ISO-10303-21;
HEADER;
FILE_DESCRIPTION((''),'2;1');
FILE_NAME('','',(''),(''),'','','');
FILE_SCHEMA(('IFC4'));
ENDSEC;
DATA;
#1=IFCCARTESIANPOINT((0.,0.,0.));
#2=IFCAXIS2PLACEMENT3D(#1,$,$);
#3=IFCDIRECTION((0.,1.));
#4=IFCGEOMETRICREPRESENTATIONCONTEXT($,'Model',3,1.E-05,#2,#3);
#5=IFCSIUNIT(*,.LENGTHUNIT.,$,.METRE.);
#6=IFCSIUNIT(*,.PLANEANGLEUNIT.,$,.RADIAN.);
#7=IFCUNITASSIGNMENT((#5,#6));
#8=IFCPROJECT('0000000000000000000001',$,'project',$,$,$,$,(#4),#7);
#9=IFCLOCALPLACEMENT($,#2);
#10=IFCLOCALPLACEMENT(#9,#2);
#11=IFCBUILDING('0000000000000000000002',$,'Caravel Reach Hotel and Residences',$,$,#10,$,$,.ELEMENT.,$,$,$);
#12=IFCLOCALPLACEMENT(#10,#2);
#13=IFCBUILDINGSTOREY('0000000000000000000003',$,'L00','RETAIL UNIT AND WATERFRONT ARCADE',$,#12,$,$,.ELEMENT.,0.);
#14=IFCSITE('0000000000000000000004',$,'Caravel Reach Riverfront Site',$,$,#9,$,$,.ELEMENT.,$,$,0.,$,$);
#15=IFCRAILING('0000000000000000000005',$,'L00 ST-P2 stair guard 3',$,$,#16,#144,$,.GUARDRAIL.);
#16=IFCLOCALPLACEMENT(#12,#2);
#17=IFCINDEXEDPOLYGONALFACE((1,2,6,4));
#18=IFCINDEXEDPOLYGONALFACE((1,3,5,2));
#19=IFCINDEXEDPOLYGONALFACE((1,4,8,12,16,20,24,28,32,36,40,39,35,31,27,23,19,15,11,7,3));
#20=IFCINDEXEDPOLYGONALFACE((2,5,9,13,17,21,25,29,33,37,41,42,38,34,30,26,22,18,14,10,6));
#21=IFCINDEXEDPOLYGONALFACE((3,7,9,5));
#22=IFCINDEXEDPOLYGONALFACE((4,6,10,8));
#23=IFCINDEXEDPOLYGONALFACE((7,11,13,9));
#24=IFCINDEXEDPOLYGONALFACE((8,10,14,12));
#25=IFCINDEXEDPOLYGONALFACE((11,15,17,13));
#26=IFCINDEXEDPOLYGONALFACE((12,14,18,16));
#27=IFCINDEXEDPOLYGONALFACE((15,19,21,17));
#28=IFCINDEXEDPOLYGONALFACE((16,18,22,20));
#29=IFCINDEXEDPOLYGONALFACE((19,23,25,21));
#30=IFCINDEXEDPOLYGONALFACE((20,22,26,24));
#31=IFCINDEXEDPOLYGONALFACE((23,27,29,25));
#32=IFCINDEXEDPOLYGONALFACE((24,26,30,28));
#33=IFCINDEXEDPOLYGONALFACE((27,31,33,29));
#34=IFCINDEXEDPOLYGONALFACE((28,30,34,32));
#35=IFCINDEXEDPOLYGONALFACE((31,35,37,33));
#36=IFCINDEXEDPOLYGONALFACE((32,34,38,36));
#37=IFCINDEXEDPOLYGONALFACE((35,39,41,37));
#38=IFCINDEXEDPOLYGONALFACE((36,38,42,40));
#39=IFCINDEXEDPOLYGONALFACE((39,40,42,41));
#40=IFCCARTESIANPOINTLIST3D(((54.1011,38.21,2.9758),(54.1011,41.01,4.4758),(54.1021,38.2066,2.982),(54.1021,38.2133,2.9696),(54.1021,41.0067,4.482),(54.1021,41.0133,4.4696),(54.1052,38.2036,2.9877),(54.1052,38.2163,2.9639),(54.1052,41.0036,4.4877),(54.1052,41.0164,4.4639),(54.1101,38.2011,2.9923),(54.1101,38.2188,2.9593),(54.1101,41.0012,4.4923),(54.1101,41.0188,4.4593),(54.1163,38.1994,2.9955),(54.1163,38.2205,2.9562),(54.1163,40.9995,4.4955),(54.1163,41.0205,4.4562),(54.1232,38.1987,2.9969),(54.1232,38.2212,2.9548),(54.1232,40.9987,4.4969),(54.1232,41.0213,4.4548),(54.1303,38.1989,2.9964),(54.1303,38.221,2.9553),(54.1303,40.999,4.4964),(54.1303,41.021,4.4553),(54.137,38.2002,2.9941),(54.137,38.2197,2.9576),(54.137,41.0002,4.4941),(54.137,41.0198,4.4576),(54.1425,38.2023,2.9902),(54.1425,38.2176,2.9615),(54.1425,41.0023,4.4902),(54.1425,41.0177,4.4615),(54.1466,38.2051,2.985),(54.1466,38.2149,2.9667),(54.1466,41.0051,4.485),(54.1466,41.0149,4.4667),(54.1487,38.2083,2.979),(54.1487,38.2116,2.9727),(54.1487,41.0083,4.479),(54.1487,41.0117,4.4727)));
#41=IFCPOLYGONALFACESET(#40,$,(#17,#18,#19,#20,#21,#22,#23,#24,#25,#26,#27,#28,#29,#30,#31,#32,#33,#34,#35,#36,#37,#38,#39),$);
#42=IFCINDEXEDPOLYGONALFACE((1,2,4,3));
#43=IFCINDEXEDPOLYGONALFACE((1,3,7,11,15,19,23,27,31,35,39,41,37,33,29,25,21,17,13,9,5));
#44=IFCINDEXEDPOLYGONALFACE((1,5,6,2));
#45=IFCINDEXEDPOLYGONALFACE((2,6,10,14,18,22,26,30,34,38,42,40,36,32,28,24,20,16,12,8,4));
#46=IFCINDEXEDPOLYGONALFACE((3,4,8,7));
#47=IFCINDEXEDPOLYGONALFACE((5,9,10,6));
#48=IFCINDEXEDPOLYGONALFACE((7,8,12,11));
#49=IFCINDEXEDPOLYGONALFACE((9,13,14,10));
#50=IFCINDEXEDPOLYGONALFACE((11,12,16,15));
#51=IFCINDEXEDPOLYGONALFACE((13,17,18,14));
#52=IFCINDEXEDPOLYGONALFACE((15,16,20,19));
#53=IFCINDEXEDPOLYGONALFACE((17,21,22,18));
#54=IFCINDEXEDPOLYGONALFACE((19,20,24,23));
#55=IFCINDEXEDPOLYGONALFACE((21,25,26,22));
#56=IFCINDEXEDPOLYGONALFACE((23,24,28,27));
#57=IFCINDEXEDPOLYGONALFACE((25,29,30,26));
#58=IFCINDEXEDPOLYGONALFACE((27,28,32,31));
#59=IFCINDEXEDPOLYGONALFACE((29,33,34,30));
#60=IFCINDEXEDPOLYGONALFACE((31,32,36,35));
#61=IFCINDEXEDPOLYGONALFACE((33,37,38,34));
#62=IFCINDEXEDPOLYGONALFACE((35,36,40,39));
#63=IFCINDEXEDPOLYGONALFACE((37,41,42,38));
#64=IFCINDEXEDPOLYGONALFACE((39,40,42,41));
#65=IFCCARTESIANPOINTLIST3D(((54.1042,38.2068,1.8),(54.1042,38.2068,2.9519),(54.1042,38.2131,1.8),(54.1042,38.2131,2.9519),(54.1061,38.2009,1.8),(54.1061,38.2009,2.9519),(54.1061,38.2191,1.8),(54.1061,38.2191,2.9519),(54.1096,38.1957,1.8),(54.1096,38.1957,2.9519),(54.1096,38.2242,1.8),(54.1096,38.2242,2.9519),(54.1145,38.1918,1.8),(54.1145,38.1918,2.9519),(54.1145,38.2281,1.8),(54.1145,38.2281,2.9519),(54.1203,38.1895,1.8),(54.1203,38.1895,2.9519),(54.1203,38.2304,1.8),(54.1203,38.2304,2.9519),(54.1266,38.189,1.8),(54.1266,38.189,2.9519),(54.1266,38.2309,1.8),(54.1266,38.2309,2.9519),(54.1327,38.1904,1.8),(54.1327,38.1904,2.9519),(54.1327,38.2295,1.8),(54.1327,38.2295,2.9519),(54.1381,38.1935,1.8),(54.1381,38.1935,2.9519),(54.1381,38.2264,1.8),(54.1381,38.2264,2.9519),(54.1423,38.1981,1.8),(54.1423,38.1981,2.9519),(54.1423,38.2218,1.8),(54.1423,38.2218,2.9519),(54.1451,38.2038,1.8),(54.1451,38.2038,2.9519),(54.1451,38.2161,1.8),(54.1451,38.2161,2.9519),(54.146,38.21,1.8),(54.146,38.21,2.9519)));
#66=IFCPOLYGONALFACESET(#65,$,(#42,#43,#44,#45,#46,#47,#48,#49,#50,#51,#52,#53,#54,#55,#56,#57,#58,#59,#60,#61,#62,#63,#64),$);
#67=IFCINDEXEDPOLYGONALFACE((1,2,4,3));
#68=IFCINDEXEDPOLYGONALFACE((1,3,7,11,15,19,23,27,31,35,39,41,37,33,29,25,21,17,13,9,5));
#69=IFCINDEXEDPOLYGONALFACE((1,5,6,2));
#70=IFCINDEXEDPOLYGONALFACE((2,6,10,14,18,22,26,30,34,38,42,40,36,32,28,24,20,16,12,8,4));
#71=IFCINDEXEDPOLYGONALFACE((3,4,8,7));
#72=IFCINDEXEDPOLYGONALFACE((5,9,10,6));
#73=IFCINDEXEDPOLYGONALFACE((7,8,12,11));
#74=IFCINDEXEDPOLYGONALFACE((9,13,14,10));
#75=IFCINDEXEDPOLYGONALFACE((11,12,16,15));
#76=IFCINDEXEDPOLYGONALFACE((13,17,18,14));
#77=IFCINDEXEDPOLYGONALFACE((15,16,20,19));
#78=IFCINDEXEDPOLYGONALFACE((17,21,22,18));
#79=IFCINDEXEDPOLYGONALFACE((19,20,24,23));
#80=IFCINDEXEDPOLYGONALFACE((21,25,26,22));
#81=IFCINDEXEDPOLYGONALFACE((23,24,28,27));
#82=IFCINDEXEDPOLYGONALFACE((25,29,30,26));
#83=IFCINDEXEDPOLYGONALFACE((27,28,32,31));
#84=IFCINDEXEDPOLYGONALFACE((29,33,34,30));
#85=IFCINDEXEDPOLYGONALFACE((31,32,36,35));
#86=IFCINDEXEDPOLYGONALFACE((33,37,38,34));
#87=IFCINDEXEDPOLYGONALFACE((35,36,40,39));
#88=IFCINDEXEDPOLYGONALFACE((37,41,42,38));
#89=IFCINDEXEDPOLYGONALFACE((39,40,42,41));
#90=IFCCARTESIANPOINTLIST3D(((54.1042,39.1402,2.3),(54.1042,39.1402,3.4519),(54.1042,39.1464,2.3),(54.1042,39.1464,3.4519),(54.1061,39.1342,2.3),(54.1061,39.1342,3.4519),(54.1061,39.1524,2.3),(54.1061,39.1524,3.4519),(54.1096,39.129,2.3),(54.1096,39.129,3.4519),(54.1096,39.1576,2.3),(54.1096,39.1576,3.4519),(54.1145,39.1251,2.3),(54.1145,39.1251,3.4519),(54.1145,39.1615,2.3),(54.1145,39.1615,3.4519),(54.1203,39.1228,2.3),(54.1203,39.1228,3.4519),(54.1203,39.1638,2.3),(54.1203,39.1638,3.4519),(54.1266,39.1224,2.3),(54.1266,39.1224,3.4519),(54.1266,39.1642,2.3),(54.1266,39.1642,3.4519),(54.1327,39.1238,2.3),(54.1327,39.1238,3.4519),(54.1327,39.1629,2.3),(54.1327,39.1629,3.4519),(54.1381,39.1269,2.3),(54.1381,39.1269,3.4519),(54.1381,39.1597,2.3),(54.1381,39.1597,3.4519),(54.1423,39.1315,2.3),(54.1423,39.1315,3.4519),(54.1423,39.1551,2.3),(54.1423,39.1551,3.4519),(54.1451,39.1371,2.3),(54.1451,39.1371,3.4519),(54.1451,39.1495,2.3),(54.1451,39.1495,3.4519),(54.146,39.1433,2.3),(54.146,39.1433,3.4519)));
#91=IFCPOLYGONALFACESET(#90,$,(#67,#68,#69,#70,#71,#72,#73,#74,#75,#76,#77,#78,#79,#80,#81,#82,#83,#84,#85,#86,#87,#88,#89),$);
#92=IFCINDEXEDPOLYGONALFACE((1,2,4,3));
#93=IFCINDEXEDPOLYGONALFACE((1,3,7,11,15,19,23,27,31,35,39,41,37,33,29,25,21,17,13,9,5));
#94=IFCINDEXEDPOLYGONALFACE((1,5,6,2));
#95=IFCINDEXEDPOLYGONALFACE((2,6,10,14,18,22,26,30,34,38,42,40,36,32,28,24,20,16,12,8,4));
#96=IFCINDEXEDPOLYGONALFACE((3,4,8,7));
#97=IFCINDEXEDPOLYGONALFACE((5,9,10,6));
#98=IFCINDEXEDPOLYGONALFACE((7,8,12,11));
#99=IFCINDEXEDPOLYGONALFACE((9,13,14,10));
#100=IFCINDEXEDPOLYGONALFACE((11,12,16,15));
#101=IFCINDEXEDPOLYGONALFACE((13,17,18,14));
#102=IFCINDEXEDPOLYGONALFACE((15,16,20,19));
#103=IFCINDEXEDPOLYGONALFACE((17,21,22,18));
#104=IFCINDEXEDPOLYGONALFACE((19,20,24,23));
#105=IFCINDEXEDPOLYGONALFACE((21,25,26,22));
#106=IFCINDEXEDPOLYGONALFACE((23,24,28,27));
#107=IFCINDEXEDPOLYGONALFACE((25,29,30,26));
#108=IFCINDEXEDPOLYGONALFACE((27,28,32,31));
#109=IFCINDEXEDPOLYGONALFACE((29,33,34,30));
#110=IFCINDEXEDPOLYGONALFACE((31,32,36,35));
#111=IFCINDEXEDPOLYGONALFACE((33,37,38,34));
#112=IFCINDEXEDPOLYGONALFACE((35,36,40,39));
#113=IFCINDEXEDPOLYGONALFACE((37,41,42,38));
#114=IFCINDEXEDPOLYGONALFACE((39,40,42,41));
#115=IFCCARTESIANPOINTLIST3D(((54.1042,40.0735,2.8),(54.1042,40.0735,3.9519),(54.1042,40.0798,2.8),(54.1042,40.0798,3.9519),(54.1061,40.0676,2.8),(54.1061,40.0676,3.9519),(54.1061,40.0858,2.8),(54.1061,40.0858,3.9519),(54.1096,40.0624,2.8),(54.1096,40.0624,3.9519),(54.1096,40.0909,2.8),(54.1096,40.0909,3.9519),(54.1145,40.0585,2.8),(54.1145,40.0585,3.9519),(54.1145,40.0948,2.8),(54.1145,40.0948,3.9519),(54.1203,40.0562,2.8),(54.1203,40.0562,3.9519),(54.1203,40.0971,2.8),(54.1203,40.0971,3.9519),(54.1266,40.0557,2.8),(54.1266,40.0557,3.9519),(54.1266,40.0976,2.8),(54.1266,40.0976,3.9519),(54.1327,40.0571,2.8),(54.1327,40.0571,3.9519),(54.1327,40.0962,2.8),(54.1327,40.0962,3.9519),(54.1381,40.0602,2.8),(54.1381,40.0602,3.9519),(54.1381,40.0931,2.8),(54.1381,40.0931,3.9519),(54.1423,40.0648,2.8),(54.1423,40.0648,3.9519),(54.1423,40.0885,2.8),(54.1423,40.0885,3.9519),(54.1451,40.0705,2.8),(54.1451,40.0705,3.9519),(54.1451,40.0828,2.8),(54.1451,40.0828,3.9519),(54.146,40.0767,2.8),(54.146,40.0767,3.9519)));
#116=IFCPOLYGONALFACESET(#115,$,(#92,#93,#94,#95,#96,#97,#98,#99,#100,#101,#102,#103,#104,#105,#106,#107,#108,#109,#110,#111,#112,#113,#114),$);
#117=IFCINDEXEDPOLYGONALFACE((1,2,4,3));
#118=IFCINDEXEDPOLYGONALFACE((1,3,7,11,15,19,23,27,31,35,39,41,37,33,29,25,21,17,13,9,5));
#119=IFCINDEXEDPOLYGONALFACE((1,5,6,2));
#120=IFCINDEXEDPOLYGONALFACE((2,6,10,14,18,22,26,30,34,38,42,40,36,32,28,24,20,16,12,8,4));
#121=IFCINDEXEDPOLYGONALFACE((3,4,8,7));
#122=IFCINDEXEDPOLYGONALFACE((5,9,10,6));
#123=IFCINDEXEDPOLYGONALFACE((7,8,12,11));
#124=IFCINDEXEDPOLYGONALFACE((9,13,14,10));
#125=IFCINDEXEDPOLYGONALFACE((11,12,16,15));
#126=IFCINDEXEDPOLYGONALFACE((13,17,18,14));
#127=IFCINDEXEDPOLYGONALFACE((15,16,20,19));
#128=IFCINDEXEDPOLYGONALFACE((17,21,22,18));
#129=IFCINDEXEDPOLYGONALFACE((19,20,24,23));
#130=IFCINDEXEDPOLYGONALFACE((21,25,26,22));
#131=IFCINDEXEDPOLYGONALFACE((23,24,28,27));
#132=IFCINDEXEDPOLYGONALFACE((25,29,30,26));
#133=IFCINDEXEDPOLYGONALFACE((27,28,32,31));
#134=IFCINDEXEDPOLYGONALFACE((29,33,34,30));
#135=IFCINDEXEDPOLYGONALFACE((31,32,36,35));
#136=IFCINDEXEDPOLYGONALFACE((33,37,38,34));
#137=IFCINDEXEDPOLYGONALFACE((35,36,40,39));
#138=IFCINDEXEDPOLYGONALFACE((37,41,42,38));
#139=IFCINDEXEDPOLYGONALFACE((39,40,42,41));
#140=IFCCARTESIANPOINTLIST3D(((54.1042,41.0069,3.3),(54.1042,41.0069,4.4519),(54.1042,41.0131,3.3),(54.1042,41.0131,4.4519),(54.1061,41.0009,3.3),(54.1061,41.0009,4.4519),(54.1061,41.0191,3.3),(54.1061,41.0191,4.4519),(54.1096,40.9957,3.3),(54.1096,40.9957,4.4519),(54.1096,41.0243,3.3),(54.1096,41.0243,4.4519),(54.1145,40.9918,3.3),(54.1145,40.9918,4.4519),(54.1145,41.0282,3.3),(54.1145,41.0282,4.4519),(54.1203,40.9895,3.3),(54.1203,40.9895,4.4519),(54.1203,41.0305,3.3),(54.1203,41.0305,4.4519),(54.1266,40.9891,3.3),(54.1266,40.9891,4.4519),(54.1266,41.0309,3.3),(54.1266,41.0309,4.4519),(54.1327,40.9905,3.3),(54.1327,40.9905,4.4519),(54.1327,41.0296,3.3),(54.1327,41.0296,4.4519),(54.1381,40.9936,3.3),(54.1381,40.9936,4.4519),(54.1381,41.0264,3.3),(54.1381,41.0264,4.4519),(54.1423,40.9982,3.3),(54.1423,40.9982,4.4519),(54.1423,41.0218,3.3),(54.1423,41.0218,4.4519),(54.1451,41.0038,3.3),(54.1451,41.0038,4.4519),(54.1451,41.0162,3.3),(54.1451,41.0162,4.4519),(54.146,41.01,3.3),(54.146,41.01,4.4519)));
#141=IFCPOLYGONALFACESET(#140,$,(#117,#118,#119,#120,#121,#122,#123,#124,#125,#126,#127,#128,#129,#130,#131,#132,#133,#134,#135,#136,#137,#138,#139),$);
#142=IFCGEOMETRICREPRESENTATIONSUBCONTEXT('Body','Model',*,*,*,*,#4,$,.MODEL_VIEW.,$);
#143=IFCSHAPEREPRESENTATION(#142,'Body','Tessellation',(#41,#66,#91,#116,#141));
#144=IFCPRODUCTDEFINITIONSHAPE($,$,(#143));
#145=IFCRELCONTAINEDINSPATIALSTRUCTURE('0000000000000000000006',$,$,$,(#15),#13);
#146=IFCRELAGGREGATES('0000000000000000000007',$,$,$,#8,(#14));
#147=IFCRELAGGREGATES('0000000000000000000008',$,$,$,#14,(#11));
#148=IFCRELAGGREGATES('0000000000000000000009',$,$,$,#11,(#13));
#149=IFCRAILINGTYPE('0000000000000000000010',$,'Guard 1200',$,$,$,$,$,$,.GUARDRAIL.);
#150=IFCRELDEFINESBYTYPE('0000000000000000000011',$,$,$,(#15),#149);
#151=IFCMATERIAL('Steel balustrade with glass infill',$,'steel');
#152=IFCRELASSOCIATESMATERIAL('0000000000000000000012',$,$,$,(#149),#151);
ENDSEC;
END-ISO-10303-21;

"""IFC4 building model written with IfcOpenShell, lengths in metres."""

from ifc_helpers import new_model, si_unit, direction, frame, origin, origin_2d, place, context, subcontext, project, spatial, circle, extrude, material, type_object, element, save


model = new_model("IFC4")

# Units and contexts
model_context = context("Model", 3, precision=1e-05, world=origin(), true_north=direction((0.0, 1.0)))
body_context = subcontext(model_context, "Body", "Model", "MODEL_VIEW")
ifc_project = project(units=[si_unit("LENGTHUNIT", "METRE"), si_unit("PLANEANGLEUNIT", "RADIAN")], contexts=[model_context])

# Site, building, storey
site_placement = place(None, origin())
site = spatial("IfcSite", under=ifc_project, at=site_placement, Name="Caravel Reach Riverfront Site", CompositionType="ELEMENT", RefElevation=0.0)
building_placement = place(site_placement, origin())
building = spatial("IfcBuilding", under=site, at=building_placement, Name="Caravel Reach Hotel and Residences", CompositionType="ELEMENT")
storey_placement = place(building_placement, origin())
storey = spatial("IfcBuildingStorey", under=building, at=storey_placement, Name="L00", Description="RETAIL UNIT AND WATERFRONT ARCADE", CompositionType="ELEMENT", Elevation=0.0)

# Railing
ifc_material_1 = material(Name="Steel balustrade with glass infill", Category="steel")
railing_type_1 = type_object("IfcRailingType", Name="Guard 1200", PredefinedType="GUARDRAIL", material=ifc_material_1)
railing_1_placement = place(storey_placement, frame((54.125, 38.21, 1.8)))
element("IfcRailing", 1, at=railing_1_placement, inside=storey, type_object=railing_type_1, Name="L00 ST-P2 stair guard 3", PredefinedType="GUARDRAIL", context=body_context, shape_type="SweptSolid", body=[
    extrude(circle(Radius=0.0239, at=origin_2d()), frame((0.0, 0.0, 1.1758), z_axis=(0.0, 0.881483, 0.472215), x_axis=(-1.0, 0.0, 0.0)), (0.0, 0.0, 1.0), 3.1765),
    extrude(circle(Radius=0.021, at=origin_2d()), origin(), (0.0, 0.0, 1.0), 1.1519),
    extrude(circle(Radius=0.021, at=origin_2d()), frame((0.0, 0.9333, 0.5)), (0.0, 0.0, 1.0), 1.1519),
    extrude(circle(Radius=0.021, at=origin_2d()), frame((0.0, 1.8667, 1.0)), (0.0, 0.0, 1.0), 1.1519),
    extrude(circle(Radius=0.021, at=origin_2d()), frame((0.0, 2.8, 1.5)), (0.0, 0.0, 1.0), 1.1519),
])

save(model, "model.ifc")
